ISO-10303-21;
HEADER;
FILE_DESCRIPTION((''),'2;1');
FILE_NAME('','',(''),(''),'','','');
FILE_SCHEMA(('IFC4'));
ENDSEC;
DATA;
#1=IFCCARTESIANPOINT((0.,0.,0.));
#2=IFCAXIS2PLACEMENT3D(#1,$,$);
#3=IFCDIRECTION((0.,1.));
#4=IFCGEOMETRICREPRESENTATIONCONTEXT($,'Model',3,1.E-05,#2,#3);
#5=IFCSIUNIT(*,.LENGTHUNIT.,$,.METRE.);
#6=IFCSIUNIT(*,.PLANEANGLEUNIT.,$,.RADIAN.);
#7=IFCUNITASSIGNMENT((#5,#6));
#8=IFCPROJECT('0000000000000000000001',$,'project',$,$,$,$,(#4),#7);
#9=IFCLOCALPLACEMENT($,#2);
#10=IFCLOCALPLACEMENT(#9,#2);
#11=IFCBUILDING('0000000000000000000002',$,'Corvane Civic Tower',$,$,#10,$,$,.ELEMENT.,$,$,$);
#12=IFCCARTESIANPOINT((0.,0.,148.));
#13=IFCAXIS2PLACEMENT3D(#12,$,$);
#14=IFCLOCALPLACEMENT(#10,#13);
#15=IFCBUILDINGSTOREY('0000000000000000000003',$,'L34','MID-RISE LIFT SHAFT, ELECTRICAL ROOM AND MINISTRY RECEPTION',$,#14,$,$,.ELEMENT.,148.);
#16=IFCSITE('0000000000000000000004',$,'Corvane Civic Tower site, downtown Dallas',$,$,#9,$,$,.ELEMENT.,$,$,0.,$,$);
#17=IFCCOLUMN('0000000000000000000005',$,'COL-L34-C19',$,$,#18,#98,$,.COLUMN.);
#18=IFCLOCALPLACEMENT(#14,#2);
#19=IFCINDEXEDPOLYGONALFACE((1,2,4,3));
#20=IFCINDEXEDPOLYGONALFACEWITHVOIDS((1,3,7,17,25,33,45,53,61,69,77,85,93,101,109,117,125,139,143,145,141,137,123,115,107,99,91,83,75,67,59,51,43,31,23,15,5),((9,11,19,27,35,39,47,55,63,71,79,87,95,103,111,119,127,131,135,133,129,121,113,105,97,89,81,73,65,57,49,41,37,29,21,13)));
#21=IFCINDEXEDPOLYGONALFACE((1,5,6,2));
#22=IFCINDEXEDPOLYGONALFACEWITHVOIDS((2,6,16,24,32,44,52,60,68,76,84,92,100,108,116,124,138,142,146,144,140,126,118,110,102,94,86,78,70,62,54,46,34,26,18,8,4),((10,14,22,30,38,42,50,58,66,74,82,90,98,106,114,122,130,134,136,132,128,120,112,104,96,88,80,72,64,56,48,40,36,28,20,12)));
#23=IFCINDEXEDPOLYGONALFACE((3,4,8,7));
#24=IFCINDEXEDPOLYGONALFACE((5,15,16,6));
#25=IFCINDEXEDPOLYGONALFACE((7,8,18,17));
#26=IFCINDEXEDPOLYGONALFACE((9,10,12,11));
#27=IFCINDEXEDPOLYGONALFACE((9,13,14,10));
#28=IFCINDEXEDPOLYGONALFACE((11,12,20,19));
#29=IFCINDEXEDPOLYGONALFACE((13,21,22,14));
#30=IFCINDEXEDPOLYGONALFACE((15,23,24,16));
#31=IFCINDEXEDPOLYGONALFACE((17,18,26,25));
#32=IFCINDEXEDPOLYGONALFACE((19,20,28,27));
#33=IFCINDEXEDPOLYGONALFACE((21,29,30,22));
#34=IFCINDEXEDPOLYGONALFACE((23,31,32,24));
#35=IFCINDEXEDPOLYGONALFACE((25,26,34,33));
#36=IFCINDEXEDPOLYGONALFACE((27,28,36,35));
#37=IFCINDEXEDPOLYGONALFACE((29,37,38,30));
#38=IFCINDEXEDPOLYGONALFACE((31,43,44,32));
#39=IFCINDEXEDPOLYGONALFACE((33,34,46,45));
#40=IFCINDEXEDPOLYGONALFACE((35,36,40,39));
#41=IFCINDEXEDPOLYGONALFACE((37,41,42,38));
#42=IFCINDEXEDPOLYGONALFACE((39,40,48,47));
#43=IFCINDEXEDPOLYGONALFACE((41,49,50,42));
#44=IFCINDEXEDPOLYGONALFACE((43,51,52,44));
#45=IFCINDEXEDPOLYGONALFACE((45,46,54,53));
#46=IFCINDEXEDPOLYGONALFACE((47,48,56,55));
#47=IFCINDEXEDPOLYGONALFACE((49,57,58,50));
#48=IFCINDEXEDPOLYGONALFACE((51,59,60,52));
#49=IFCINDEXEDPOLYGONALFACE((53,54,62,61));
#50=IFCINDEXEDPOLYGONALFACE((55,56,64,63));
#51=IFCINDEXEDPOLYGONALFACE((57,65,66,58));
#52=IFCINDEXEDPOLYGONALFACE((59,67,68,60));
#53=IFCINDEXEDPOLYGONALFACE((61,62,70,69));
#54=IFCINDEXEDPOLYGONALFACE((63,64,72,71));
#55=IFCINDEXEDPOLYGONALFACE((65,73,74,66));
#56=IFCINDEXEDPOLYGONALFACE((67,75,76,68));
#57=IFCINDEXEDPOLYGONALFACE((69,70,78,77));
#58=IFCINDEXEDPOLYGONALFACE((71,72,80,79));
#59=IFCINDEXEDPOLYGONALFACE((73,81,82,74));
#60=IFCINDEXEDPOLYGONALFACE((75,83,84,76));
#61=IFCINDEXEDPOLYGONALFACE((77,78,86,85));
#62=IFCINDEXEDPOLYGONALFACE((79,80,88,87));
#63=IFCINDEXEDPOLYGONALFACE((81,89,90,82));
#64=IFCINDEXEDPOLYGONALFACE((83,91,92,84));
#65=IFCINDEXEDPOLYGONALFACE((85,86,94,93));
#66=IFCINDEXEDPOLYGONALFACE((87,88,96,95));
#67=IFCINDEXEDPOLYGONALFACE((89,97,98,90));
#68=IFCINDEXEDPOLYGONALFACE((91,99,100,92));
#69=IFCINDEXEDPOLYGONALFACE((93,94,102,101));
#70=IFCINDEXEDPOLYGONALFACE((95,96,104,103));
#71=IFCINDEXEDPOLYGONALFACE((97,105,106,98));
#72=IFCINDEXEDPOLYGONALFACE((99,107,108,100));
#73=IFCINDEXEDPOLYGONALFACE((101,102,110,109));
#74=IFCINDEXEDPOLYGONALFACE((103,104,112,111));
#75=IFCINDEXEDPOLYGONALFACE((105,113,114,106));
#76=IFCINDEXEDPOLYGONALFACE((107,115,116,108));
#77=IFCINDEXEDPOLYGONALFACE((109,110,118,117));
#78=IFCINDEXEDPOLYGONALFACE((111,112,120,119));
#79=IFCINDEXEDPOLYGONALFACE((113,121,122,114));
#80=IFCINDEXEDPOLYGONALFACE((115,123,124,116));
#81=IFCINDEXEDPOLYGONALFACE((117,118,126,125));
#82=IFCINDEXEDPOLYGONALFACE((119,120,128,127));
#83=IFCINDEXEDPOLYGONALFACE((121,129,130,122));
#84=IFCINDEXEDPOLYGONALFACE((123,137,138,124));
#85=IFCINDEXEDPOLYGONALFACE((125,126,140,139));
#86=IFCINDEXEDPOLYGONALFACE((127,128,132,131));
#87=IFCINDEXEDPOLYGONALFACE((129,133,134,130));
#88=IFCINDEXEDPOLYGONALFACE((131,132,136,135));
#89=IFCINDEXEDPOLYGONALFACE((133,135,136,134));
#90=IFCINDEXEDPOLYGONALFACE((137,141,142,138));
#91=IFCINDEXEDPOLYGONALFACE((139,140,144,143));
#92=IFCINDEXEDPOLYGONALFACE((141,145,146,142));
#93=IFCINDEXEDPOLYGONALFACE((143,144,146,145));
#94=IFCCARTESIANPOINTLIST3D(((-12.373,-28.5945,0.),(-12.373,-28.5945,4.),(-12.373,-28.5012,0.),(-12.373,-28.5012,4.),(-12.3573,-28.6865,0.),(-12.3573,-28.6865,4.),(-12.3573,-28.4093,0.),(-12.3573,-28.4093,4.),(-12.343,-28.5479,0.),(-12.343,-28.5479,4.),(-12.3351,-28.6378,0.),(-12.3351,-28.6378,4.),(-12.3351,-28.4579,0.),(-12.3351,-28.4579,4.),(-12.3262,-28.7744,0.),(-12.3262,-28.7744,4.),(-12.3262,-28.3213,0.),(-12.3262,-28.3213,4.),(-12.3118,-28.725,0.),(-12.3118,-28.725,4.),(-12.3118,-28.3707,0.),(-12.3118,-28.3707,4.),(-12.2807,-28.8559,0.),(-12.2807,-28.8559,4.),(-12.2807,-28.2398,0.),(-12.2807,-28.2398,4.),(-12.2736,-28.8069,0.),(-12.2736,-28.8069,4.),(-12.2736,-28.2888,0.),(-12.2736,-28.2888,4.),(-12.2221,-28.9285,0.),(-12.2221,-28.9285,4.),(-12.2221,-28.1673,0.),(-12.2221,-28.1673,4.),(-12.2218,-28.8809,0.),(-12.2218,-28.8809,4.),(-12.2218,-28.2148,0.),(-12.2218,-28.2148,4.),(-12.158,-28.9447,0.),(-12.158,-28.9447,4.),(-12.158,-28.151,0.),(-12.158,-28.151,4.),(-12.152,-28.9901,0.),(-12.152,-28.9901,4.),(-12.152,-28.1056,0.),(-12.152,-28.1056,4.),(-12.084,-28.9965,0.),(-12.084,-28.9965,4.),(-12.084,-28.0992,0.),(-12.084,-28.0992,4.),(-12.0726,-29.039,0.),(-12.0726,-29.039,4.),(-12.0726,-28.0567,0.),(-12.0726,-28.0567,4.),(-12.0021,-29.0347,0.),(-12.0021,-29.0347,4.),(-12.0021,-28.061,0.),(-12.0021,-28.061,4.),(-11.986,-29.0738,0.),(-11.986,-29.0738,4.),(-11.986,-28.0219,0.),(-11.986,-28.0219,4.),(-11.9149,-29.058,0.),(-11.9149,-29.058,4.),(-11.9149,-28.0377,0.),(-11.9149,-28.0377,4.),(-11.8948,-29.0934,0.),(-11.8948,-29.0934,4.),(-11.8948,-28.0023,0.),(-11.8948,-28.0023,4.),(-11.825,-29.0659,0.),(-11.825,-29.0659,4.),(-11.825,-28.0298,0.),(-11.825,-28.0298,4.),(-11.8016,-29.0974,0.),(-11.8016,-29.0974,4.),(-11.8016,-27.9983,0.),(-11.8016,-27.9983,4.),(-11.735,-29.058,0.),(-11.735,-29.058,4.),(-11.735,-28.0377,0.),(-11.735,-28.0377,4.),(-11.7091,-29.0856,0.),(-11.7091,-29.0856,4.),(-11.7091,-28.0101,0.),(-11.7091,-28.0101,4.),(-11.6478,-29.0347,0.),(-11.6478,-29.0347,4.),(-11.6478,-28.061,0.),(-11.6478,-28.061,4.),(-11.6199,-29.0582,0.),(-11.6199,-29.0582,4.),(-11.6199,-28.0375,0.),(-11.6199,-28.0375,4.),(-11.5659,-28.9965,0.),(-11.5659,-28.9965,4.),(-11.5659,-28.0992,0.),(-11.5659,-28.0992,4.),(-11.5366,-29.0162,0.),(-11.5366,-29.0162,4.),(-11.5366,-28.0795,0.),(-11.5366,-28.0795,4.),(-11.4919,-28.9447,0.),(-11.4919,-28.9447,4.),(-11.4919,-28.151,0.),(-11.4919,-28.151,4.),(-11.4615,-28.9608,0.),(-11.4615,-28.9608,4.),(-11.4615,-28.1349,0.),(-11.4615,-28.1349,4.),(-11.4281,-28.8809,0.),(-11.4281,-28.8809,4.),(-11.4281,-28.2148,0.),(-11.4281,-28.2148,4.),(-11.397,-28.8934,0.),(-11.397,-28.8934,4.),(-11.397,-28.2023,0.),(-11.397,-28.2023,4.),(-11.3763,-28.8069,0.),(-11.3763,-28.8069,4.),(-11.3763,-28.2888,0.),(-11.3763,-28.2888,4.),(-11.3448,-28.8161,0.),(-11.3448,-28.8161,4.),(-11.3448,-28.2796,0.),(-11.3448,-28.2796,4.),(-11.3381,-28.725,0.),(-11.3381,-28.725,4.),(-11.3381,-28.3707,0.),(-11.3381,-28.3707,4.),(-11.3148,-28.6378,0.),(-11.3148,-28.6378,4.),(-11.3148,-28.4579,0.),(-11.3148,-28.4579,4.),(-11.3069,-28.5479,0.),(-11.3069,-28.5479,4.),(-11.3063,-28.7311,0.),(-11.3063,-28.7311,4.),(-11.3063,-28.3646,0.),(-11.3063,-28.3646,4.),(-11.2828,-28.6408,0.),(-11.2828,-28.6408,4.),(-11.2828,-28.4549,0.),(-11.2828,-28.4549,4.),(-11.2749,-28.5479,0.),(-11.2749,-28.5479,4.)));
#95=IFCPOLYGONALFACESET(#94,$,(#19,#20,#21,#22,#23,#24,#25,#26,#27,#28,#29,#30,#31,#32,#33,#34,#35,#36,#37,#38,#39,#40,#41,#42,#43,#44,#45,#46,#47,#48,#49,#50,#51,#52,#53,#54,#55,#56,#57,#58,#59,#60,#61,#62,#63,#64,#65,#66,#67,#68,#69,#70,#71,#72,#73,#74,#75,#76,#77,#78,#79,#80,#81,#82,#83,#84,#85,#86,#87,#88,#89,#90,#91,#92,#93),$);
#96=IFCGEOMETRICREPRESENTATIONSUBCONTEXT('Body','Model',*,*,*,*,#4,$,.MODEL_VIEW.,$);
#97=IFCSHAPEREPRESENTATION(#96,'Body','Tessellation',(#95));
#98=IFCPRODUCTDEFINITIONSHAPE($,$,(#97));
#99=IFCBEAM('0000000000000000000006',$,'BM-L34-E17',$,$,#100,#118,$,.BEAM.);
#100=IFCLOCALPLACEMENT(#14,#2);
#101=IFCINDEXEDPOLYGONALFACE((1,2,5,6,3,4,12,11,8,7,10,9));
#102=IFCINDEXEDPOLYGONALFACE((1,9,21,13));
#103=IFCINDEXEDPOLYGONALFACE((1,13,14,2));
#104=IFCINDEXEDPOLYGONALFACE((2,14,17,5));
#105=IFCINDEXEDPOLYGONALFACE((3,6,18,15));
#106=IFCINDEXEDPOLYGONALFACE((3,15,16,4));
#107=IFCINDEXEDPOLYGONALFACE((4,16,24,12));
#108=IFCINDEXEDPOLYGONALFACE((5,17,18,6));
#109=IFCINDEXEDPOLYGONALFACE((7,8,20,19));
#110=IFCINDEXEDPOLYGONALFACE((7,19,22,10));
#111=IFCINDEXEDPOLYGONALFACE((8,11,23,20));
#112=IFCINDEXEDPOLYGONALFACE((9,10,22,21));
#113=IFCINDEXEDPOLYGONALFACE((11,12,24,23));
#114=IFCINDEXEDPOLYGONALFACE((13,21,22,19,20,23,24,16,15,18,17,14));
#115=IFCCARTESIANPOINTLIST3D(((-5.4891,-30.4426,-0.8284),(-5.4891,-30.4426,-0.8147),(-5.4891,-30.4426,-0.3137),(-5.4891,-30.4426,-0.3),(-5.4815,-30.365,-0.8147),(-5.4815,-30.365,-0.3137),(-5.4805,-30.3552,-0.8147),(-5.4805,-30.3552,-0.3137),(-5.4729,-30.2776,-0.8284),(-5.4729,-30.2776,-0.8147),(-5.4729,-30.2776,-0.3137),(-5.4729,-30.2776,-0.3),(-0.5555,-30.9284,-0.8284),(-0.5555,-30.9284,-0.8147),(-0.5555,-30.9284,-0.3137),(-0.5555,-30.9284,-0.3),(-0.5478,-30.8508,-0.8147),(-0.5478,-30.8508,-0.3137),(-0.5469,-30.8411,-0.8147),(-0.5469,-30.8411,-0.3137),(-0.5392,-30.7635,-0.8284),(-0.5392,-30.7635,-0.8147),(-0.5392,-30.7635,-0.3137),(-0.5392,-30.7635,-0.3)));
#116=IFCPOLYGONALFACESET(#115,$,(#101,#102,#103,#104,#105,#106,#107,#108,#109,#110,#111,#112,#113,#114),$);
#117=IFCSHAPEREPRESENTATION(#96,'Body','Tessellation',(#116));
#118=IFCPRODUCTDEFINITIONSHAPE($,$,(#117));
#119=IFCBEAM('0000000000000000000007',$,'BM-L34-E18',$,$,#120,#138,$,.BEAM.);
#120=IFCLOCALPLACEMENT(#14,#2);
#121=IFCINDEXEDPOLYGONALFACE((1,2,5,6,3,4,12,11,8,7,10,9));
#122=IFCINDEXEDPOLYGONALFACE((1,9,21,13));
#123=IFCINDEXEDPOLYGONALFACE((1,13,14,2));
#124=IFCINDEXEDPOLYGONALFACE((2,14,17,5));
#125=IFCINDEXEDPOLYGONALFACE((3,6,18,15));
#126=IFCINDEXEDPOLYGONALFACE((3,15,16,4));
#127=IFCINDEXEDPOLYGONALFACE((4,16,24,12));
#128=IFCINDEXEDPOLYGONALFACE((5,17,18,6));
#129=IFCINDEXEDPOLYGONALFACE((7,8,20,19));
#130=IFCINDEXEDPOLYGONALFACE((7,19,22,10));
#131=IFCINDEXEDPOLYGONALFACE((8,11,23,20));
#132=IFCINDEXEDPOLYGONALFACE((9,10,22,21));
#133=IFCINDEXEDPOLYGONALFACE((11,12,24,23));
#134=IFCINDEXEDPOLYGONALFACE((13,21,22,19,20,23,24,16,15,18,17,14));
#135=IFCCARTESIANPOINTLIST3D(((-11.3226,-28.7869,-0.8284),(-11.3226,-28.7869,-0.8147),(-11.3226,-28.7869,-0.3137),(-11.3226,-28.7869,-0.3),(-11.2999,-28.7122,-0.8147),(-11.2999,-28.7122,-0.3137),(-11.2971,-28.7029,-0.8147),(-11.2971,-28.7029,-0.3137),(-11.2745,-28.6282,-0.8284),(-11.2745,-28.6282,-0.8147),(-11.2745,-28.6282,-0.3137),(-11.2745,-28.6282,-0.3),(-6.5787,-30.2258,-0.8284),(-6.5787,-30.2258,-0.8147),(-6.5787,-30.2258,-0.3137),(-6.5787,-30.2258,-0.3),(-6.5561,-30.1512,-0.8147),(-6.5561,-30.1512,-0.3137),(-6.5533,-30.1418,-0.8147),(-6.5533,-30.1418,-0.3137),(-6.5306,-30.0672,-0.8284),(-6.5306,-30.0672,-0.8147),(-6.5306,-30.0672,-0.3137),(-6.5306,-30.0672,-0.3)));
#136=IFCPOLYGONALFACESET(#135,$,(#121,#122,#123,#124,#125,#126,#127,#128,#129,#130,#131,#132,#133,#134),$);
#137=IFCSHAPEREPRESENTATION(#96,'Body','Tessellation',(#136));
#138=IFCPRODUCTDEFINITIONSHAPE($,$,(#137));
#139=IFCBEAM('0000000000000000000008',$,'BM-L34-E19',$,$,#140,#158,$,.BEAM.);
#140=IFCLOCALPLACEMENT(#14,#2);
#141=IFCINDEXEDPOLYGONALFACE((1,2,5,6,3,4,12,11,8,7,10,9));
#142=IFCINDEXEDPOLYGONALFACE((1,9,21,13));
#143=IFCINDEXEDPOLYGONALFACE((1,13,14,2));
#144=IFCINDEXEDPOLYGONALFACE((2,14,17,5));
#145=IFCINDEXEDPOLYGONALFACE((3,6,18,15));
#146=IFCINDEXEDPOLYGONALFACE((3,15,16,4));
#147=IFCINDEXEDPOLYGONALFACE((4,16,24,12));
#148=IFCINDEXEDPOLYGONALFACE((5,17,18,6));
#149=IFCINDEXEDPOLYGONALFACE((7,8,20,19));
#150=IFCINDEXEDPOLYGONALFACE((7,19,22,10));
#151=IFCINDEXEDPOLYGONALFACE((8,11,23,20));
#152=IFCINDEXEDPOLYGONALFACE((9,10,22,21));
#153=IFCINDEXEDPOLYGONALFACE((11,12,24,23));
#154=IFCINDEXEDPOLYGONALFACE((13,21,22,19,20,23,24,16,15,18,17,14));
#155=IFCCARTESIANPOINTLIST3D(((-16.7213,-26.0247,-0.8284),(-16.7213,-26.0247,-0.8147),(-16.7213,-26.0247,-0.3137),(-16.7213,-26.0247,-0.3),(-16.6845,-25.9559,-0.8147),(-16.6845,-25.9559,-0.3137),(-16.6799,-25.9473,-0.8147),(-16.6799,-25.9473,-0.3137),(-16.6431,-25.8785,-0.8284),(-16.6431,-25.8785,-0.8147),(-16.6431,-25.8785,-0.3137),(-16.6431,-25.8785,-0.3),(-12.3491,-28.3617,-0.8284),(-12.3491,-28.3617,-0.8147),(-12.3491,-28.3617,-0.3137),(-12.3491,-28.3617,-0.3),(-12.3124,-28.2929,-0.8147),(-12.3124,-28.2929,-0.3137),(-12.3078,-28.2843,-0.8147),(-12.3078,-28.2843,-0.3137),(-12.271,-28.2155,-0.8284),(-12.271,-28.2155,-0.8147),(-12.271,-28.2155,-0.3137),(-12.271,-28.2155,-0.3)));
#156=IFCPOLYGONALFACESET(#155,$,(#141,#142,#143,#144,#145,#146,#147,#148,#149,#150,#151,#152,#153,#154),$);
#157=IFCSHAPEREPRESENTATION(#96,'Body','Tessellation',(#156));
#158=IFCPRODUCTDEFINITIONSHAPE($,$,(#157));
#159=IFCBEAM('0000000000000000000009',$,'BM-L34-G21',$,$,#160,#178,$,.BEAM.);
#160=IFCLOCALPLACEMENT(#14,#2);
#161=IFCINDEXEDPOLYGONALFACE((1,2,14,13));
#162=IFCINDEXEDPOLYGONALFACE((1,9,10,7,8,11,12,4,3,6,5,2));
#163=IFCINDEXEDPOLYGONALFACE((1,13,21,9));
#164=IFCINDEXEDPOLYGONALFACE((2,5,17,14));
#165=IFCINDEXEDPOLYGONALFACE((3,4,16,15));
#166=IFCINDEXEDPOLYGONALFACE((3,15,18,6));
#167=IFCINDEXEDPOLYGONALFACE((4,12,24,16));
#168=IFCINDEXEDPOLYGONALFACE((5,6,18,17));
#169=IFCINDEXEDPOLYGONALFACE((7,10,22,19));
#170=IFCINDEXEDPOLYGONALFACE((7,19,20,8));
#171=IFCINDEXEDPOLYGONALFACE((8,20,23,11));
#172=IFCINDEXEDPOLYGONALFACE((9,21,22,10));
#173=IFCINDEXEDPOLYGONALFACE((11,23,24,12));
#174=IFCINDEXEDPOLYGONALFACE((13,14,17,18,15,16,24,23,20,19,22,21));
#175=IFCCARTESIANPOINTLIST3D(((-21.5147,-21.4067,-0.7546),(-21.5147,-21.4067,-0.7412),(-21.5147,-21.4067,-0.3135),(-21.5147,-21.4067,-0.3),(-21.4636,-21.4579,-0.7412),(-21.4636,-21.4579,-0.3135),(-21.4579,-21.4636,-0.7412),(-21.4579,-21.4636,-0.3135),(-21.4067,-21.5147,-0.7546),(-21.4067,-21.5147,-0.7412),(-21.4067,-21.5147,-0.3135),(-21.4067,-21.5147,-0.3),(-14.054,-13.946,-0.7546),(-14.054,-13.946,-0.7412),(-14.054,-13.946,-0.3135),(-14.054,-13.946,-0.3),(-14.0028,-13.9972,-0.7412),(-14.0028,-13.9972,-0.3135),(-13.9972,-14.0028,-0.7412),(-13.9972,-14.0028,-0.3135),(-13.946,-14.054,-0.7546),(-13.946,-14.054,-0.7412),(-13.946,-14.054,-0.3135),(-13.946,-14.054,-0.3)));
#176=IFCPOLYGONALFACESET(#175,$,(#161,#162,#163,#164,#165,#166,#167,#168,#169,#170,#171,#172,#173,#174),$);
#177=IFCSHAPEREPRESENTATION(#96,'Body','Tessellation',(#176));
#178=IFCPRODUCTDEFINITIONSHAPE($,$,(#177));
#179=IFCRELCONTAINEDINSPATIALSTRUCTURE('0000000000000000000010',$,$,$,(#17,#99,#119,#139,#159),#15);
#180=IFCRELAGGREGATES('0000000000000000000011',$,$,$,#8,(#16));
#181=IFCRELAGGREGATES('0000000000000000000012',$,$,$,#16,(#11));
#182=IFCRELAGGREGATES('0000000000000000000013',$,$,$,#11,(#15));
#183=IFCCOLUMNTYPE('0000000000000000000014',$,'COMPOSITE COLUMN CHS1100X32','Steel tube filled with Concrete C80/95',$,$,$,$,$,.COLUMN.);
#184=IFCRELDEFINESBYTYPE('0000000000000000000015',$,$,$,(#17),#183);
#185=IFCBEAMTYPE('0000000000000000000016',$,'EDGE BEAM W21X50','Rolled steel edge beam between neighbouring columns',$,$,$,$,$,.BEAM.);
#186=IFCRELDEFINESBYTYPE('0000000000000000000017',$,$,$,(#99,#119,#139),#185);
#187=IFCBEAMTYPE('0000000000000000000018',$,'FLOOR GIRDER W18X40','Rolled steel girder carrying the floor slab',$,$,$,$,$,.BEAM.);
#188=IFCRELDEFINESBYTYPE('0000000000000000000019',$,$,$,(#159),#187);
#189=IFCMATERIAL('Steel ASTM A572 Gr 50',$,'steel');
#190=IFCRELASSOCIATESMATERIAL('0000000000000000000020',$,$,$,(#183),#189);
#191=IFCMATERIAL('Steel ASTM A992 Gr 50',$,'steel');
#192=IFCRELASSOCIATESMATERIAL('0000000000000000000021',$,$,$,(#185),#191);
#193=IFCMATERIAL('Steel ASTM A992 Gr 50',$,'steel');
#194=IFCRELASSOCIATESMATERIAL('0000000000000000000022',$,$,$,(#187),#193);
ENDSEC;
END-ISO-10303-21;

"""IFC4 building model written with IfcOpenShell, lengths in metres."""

from ifc_helpers import new_model, si_unit, direction, frame, origin, origin_2d, place, context, subcontext, project, spatial, hollow_circle, i_section, extrude, material, material_profile, profile_set, type_object, element, save


model = new_model("IFC4")

# Units and contexts
model_context = context("Model", 3, precision=1e-05, world=origin(), true_north=direction((0.0, 1.0)))
body_context = subcontext(model_context, "Body", "Model", "MODEL_VIEW")
ifc_project = project(units=[si_unit("LENGTHUNIT", "METRE"), si_unit("PLANEANGLEUNIT", "RADIAN")], contexts=[model_context])

# Site, building, storey
site_placement = place(None, origin())
site = spatial("IfcSite", under=ifc_project, at=site_placement, Name="Corvane Civic Tower site, downtown Dallas", CompositionType="ELEMENT", RefElevation=0.0)
building_placement = place(site_placement, origin())
building = spatial("IfcBuilding", under=site, at=building_placement, Name="Corvane Civic Tower", CompositionType="ELEMENT")
storey_placement = place(building_placement, frame((0.0, 0.0, 148.0)))
storey = spatial("IfcBuildingStorey", under=building, at=storey_placement, Name="L34", Description="MID-RISE LIFT SHAFT, ELECTRICAL ROOM AND MINISTRY RECEPTION", CompositionType="ELEMENT", Elevation=148.0)

# Column
ifc_material_1 = material(Name="Steel ASTM A572 Gr 50", Category="steel")
ifc_material_profile_1 = material_profile(ifc_material_1, hollow_circle(Radius=0.55, WallThickness=0.032, at=origin_2d()), Name="CHS1100X32")
ifc_profile_set_1 = profile_set([ifc_material_profile_1], Name="Steel ASTM A572 Gr 50")
column_type = type_object("IfcColumnType", Name="COMPOSITE COLUMN CHS1100X32", Description="Steel tube filled with Concrete C80/95", PredefinedType="COLUMN", material=ifc_profile_set_1)
for number, where, z_axis, x_axis, name in (
    (1, (-11.825, -28.5479, 0.0), (0.0, 0.0, 1.0), (1.0, 0.0, 0.0), "COL-L34-C19"),
):
    element("IfcColumn", number, at=place(storey_placement, frame(where, z_axis=z_axis, x_axis=x_axis)), inside=storey, type_object=column_type, Name=name, PredefinedType="COLUMN", context=body_context, shape_type="SweptSolid", body=[
        extrude(hollow_circle(Radius=0.55, WallThickness=0.032, at=origin_2d()), origin(), (0.0, 0.0, 1.0), 4.0),
    ])

# Beams
ifc_material_2 = material(Name="Steel ASTM A992 Gr 50", Category="steel")
ifc_material_profile_2 = material_profile(ifc_material_2, i_section(OverallWidth=0.1658, OverallDepth=0.5283, WebThickness=0.0098, FlangeThickness=0.0137, at=origin_2d()), Name="W21X50")
ifc_profile_set_2 = profile_set([ifc_material_profile_2], Name="Steel ASTM A992 Gr 50")
beam_type_1 = type_object("IfcBeamType", Name="EDGE BEAM W21X50", Description="Rolled steel edge beam between neighbouring columns", PredefinedType="BEAM", material=ifc_profile_set_2)
beam_1_placement = place(storey_placement, frame((-0.5474, -30.8459, -0.5642), z_axis=(-0.995186, 0.098002, 0.0), x_axis=(-0.098002, -0.995186, 0.0)))
element("IfcBeam", 2, at=beam_1_placement, inside=storey, type_object=beam_type_1, Name="BM-L34-E17", PredefinedType="BEAM", context=body_context, shape_type="SweptSolid", body=[
    extrude(i_section(OverallWidth=0.1658, OverallDepth=0.5283, WebThickness=0.0098, FlangeThickness=0.0137, at=origin_2d()), origin(), (0.0, 0.0, 1.0), 4.9575),
])
beam_2_placement = place(storey_placement, frame((-6.5547, -30.1465, -0.5642), z_axis=(-0.956945, 0.29027, 0.0), x_axis=(-0.29027, -0.956945, 0.0)))
element("IfcBeam", 3, at=beam_2_placement, inside=storey, type_object=beam_type_1, Name="BM-L34-E18", PredefinedType="BEAM", context=body_context, shape_type="SweptSolid", body=[
    extrude(i_section(OverallWidth=0.1658, OverallDepth=0.5283, WebThickness=0.0098, FlangeThickness=0.0137, at=origin_2d()), origin(), (0.0, 0.0, 1.0), 4.9573),
])
beam_3_placement = place(storey_placement, frame((-12.3101, -28.2886, -0.5642), z_axis=(-0.881922, 0.471396, 0.0), x_axis=(-0.471396, -0.881922, 0.0)))
element("IfcBeam", 4, at=beam_3_placement, inside=storey, type_object=beam_type_1, Name="BM-L34-E19", PredefinedType="BEAM", context=body_context, shape_type="SweptSolid", body=[
    extrude(i_section(OverallWidth=0.1658, OverallDepth=0.5283, WebThickness=0.0098, FlangeThickness=0.0137, at=origin_2d()), origin(), (0.0, 0.0, 1.0), 4.9575),
])
ifc_material_3 = material(Name="Steel ASTM A992 Gr 50", Category="steel")
ifc_material_profile_3 = material_profile(ifc_material_3, i_section(OverallWidth=0.1528, OverallDepth=0.4546, WebThickness=0.0081, FlangeThickness=0.0134, at=origin_2d()), Name="W18X40")
ifc_profile_set_3 = profile_set([ifc_material_profile_3], Name="Steel ASTM A992 Gr 50")
beam_type_2 = type_object("IfcBeamType", Name="FLOOR GIRDER W18X40", Description="Rolled steel girder carrying the floor slab", PredefinedType="BEAM", material=ifc_profile_set_3)
beam_4_placement = place(storey_placement, frame((-14.0, -14.0, -0.5273), z_axis=(-0.707107, -0.707107, 0.0), x_axis=(0.707107, -0.707107, 0.0)))
element("IfcBeam", 5, at=beam_4_placement, inside=storey, type_object=beam_type_2, Name="BM-L34-G21", PredefinedType="BEAM", context=body_context, shape_type="SweptSolid", body=[
    extrude(i_section(OverallWidth=0.1528, OverallDepth=0.4546, WebThickness=0.0081, FlangeThickness=0.0134, at=origin_2d()), origin(), (0.0, 0.0, 1.0), 10.551),
])

save(model, "model.ifc")
